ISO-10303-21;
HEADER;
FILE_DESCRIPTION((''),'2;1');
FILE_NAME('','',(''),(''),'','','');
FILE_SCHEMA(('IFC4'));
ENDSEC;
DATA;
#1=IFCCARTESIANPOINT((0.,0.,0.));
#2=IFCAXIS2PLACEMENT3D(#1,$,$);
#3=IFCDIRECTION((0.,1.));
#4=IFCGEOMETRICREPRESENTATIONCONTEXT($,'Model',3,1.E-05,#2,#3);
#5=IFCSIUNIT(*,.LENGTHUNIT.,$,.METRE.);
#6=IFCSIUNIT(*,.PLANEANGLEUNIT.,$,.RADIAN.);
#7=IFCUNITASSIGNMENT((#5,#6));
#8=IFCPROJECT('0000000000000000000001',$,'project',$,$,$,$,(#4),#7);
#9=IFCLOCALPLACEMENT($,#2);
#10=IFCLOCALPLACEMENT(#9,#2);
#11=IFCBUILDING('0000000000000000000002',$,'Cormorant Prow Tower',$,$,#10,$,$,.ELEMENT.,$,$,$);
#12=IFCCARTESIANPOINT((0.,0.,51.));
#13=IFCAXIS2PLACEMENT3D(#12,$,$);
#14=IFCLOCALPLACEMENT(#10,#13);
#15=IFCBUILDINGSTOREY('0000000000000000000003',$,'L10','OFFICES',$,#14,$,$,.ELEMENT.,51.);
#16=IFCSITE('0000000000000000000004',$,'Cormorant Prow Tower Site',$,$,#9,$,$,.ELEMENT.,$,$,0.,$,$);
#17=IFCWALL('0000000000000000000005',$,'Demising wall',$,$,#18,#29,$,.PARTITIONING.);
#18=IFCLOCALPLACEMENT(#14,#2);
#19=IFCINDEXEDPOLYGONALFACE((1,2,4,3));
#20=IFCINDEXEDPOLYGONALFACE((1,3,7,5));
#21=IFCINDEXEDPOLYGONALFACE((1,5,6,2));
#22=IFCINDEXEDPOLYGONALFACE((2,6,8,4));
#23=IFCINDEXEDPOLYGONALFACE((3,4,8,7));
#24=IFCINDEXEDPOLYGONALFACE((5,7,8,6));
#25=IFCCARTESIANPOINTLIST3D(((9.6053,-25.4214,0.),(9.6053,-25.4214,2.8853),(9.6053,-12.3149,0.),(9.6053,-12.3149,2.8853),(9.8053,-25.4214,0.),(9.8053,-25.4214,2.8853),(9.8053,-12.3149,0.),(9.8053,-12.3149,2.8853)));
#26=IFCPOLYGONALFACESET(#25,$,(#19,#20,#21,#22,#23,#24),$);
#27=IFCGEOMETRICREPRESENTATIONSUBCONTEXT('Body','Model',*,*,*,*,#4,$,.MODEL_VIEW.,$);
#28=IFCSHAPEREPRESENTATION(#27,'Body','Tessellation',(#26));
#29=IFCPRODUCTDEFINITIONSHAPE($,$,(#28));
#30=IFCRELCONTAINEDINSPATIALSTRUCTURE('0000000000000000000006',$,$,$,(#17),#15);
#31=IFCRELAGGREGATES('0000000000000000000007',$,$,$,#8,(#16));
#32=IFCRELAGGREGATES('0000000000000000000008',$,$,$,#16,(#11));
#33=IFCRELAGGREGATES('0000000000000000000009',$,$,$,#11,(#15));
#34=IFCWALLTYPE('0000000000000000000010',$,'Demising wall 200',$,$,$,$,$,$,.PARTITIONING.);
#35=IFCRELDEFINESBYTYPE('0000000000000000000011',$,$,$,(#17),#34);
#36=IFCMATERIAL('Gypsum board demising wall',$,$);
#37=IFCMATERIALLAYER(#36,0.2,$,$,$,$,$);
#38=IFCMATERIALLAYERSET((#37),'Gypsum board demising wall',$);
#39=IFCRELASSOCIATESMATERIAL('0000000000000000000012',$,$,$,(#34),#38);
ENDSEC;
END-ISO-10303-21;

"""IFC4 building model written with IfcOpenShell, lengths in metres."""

from ifc_helpers import new_model, si_unit, direction, frame, frame_2d, origin, place, context, subcontext, project, spatial, rectangle, extrude, material, layer, layer_set, type_object, element, save


model = new_model("IFC4")

# Units and contexts
model_context = context("Model", 3, precision=1e-05, world=origin(), true_north=direction((0.0, 1.0)))
body_context = subcontext(model_context, "Body", "Model", "MODEL_VIEW")
ifc_project = project(units=[si_unit("LENGTHUNIT", "METRE"), si_unit("PLANEANGLEUNIT", "RADIAN")], contexts=[model_context])

# Site, building, storey
site_placement = place(None, origin())
site = spatial("IfcSite", under=ifc_project, at=site_placement, Name="Cormorant Prow Tower Site", CompositionType="ELEMENT", RefElevation=0.0)
building_placement = place(site_placement, origin())
building = spatial("IfcBuilding", under=site, at=building_placement, Name="Cormorant Prow Tower", CompositionType="ELEMENT")
storey_placement = place(building_placement, frame((0.0, 0.0, 51.0)))
storey = spatial("IfcBuildingStorey", under=building, at=storey_placement, Name="L10", Description="OFFICES", CompositionType="ELEMENT", Elevation=51.0)

# Wall
ifc_material_1 = material(Name="Gypsum board demising wall")
ifc_layer_1 = layer(ifc_material_1, 0.2)
ifc_layer_set_1 = layer_set([ifc_layer_1], Name="Gypsum board demising wall")
wall_type_1 = type_object("IfcWallType", Name="Demising wall 200", PredefinedType="PARTITIONING", material=ifc_layer_set_1)
wall_1_placement = place(storey_placement, frame((9.7053, -25.4214, 0.0), z_axis=(0.0, 0.0, 1.0), x_axis=(0.0, 1.0, 0.0)))
element("IfcWall", 1, at=wall_1_placement, inside=storey, type_object=wall_type_1, Name="Demising wall", PredefinedType="PARTITIONING", context=body_context, shape_type="SweptSolid", body=[
    extrude(rectangle(XDim=13.1064, YDim=0.2, at=frame_2d((6.5532, 0.0))), origin(), (0.0, 0.0, 1.0), 2.8853),
])

save(model, "model.ifc")
